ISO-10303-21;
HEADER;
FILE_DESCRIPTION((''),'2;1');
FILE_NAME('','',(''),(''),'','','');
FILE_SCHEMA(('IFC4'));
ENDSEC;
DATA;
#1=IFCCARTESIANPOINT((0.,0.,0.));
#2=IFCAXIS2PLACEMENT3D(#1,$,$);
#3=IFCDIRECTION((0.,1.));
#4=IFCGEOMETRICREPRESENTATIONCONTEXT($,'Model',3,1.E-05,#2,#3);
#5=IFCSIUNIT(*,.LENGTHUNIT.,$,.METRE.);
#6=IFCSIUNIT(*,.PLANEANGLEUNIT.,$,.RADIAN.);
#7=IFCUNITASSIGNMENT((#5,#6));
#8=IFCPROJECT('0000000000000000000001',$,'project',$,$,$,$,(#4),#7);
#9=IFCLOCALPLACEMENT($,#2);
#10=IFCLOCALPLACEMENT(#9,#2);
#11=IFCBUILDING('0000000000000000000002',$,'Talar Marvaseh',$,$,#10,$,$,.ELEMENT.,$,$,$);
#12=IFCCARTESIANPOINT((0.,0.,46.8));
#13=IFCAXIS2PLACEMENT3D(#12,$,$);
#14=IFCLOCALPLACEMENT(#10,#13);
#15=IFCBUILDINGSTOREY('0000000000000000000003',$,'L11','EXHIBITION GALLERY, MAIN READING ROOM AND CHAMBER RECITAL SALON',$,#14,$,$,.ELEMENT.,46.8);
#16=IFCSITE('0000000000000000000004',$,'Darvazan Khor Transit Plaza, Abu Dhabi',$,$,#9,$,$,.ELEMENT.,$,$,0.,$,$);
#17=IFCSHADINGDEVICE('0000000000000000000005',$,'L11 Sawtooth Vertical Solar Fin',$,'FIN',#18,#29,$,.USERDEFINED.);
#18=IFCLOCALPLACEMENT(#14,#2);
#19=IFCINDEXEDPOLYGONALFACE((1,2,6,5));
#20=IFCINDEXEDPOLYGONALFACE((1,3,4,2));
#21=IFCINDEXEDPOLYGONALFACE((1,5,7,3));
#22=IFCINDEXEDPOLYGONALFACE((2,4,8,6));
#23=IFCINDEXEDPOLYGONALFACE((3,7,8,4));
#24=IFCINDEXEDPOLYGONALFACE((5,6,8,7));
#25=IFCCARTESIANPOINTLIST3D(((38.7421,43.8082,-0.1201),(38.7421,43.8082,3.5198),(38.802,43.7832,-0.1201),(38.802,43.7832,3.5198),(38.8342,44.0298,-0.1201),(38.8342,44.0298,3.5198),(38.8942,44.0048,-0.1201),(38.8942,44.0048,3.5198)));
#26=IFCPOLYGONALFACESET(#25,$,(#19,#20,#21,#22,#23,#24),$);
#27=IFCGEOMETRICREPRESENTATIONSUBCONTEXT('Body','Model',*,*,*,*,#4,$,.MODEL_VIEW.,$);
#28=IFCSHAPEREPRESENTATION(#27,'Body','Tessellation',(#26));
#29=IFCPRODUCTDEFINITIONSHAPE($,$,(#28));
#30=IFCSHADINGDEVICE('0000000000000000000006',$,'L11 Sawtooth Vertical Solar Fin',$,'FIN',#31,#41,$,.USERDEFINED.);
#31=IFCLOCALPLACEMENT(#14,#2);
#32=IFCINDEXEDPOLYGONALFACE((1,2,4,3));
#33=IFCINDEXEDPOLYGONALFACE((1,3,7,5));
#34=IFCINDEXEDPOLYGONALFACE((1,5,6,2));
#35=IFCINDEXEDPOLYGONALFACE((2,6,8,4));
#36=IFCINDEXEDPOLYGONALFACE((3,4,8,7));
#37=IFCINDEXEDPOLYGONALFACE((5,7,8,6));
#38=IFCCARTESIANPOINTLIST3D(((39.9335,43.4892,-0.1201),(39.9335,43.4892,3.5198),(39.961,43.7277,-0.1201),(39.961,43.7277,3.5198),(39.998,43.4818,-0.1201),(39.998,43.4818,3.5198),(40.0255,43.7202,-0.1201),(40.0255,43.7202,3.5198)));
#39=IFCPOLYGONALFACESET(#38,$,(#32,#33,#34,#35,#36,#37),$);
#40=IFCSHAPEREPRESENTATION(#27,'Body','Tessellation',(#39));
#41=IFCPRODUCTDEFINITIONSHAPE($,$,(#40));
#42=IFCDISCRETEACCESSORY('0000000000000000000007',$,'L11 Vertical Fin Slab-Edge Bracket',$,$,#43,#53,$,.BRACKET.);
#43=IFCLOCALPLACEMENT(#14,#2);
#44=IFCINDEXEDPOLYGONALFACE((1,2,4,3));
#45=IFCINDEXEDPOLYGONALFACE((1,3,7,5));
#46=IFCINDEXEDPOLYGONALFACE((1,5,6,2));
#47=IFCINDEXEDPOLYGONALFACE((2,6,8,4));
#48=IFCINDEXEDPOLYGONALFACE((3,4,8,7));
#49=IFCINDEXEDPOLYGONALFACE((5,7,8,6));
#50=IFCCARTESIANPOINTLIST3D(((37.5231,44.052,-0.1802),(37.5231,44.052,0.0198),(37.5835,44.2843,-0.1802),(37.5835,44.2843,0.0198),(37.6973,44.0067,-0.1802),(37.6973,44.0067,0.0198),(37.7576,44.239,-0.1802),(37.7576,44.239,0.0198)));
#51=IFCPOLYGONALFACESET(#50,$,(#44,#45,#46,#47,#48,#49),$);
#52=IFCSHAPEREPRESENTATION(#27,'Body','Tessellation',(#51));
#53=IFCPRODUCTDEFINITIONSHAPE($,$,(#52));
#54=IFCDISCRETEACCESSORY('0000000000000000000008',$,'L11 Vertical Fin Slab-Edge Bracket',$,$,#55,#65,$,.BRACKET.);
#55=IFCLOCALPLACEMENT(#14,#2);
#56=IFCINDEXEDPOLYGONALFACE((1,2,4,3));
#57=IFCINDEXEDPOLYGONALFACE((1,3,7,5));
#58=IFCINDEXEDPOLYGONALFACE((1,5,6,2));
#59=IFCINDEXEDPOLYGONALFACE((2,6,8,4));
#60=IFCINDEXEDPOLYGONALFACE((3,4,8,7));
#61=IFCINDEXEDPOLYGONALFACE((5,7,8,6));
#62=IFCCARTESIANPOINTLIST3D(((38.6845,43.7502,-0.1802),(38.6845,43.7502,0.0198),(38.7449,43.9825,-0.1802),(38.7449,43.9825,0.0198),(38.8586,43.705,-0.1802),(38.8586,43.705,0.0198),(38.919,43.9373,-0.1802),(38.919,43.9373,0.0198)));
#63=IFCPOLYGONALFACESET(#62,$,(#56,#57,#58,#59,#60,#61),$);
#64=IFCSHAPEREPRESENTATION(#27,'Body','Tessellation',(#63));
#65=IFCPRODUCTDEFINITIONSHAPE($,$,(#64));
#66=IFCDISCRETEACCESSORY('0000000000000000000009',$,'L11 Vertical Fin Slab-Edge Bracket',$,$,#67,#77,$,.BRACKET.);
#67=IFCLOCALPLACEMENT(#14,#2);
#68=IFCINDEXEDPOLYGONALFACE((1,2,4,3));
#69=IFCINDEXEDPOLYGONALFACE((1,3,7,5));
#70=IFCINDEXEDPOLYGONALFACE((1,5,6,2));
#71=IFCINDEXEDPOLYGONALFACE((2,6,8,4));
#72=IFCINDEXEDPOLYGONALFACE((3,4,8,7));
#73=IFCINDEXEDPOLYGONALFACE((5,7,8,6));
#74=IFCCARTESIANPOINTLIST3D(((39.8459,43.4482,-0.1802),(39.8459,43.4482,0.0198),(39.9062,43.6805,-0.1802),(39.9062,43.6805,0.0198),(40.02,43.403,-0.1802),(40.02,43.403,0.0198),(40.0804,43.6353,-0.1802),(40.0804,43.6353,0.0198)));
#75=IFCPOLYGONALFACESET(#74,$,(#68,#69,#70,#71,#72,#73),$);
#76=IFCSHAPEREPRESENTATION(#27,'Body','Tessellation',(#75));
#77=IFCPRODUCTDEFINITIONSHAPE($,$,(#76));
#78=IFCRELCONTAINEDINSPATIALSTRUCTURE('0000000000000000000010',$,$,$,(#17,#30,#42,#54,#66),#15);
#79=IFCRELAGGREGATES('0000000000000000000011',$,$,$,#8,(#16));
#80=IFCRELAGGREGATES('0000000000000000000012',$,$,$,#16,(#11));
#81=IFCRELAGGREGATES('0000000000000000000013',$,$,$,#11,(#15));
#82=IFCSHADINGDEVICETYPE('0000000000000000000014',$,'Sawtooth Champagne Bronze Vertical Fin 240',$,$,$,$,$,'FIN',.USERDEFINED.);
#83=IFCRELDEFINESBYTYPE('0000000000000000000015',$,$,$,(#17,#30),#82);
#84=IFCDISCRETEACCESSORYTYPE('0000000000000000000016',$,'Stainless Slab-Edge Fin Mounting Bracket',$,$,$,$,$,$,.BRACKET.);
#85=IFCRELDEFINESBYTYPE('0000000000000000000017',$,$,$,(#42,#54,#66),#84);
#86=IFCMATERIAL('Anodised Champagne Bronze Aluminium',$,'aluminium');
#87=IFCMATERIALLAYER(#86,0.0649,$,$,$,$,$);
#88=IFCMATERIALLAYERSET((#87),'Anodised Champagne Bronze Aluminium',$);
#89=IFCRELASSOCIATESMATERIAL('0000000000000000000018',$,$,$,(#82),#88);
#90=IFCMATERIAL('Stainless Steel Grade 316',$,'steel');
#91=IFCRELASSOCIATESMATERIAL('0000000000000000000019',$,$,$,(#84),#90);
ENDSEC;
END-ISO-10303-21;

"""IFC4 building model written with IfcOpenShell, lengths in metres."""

from ifc_helpers import new_model, si_unit, direction, frame, origin, origin_2d, place, context, subcontext, project, spatial, rectangle, extrude, source, transform, mapped, material, layer, layer_set, type_object, type_shapes, element, save


model = new_model("IFC4")

# Units and contexts
model_context = context("Model", 3, precision=1e-05, world=origin(), true_north=direction((0.0, 1.0)))
body_context = subcontext(model_context, "Body", "Model", "MODEL_VIEW")
ifc_project = project(units=[si_unit("LENGTHUNIT", "METRE"), si_unit("PLANEANGLEUNIT", "RADIAN")], contexts=[model_context])

# Site, building, storey
site_placement = place(None, origin())
site = spatial("IfcSite", under=ifc_project, at=site_placement, Name="Darvazan Khor Transit Plaza, Abu Dhabi", CompositionType="ELEMENT", RefElevation=0.0)
building_placement = place(site_placement, origin())
building = spatial("IfcBuilding", under=site, at=building_placement, Name="Talar Marvaseh", CompositionType="ELEMENT")
storey_placement = place(building_placement, frame((0.0, 0.0, 46.8)))
storey = spatial("IfcBuildingStorey", under=building, at=storey_placement, Name="L11", Description="EXHIBITION GALLERY, MAIN READING ROOM AND CHAMBER RECITAL SALON", CompositionType="ELEMENT", Elevation=46.8)

# Shading devices
ifc_material_1 = material(Name="Anodised Champagne Bronze Aluminium", Category="aluminium")
ifc_layer_1 = layer(ifc_material_1, 0.0649)
ifc_layer_set_1 = layer_set([ifc_layer_1], Name="Anodised Champagne Bronze Aluminium")
shading_device_type = type_object("IfcShadingDeviceType", Name="Sawtooth Champagne Bronze Vertical Fin 240", ElementType="FIN", PredefinedType="USERDEFINED", material=ifc_layer_set_1)
shared_shape_1 = source(origin(), body_context, "Body", "SweptSolid", [
    extrude(rectangle(XDim=0.24, YDim=0.0649, at=origin_2d()), origin(), (0.0, 0.0, 1.0), 3.6399),
])
type_shapes(shading_device_type, [shared_shape_1])
for number, where, z_axis, x_axis, name in (
    (1, (38.8181, 43.9065, -0.1201), (0.0, 0.0, 1.0), (0.383812, 0.923411, 0.0), "L11 Sawtooth Vertical Solar Fin"),
    (2, (39.9795, 43.6047, -0.1201), (0.0, 0.0, 1.0), (0.114417, 0.993433, 0.0), "L11 Sawtooth Vertical Solar Fin"),
):
    element("IfcShadingDevice", number, at=place(storey_placement, frame(where, z_axis=z_axis, x_axis=x_axis)), inside=storey, type_object=shading_device_type, Name=name, ObjectType="FIN", PredefinedType="USERDEFINED", context=body_context, shape_type="MappedRepresentation", body=[
        mapped(shared_shape_1, transform((0.0, 0.0, 0.0), x_axis=(1.0, 0.0, 0.0), y_axis=(0.0, 1.0, 0.0), z_axis=(0.0, 0.0, 1.0), scale=1.0)),
    ])

# Discrete accessories
ifc_material_2 = material(Name="Stainless Steel Grade 316", Category="steel")
discrete_accessory_type = type_object("IfcDiscreteAccessoryType", Name="Stainless Slab-Edge Fin Mounting Bracket", PredefinedType="BRACKET", material=ifc_material_2)
shared_shape_2 = source(origin(), body_context, "Body", "SweptSolid", [
    extrude(rectangle(XDim=0.24, YDim=0.1799, at=origin_2d()), origin(), (0.0, 0.0, 1.0), 0.2),
])
type_shapes(discrete_accessory_type, [shared_shape_2])
for number, where, z_axis, x_axis, name in (
    (3, (37.6404, 44.1455, -0.1802), (0.0, 0.0, 1.0), (0.251563, 0.967841, 0.0), "L11 Vertical Fin Slab-Edge Bracket"),
    (4, (38.8018, 43.8438, -0.1802), (0.0, 0.0, 1.0), (0.251563, 0.967841, 0.0), "L11 Vertical Fin Slab-Edge Bracket"),
    (5, (39.9631, 43.5417, -0.1802), (0.0, 0.0, 1.0), (0.251563, 0.967841, 0.0), "L11 Vertical Fin Slab-Edge Bracket"),
):
    element("IfcDiscreteAccessory", number, at=place(storey_placement, frame(where, z_axis=z_axis, x_axis=x_axis)), inside=storey, type_object=discrete_accessory_type, Name=name, PredefinedType="BRACKET", context=body_context, shape_type="MappedRepresentation", body=[
        mapped(shared_shape_2, transform((0.0, 0.0, 0.0), x_axis=(1.0, 0.0, 0.0), y_axis=(0.0, 1.0, 0.0), z_axis=(0.0, 0.0, 1.0), scale=1.0)),
    ])

save(model, "model.ifc")
